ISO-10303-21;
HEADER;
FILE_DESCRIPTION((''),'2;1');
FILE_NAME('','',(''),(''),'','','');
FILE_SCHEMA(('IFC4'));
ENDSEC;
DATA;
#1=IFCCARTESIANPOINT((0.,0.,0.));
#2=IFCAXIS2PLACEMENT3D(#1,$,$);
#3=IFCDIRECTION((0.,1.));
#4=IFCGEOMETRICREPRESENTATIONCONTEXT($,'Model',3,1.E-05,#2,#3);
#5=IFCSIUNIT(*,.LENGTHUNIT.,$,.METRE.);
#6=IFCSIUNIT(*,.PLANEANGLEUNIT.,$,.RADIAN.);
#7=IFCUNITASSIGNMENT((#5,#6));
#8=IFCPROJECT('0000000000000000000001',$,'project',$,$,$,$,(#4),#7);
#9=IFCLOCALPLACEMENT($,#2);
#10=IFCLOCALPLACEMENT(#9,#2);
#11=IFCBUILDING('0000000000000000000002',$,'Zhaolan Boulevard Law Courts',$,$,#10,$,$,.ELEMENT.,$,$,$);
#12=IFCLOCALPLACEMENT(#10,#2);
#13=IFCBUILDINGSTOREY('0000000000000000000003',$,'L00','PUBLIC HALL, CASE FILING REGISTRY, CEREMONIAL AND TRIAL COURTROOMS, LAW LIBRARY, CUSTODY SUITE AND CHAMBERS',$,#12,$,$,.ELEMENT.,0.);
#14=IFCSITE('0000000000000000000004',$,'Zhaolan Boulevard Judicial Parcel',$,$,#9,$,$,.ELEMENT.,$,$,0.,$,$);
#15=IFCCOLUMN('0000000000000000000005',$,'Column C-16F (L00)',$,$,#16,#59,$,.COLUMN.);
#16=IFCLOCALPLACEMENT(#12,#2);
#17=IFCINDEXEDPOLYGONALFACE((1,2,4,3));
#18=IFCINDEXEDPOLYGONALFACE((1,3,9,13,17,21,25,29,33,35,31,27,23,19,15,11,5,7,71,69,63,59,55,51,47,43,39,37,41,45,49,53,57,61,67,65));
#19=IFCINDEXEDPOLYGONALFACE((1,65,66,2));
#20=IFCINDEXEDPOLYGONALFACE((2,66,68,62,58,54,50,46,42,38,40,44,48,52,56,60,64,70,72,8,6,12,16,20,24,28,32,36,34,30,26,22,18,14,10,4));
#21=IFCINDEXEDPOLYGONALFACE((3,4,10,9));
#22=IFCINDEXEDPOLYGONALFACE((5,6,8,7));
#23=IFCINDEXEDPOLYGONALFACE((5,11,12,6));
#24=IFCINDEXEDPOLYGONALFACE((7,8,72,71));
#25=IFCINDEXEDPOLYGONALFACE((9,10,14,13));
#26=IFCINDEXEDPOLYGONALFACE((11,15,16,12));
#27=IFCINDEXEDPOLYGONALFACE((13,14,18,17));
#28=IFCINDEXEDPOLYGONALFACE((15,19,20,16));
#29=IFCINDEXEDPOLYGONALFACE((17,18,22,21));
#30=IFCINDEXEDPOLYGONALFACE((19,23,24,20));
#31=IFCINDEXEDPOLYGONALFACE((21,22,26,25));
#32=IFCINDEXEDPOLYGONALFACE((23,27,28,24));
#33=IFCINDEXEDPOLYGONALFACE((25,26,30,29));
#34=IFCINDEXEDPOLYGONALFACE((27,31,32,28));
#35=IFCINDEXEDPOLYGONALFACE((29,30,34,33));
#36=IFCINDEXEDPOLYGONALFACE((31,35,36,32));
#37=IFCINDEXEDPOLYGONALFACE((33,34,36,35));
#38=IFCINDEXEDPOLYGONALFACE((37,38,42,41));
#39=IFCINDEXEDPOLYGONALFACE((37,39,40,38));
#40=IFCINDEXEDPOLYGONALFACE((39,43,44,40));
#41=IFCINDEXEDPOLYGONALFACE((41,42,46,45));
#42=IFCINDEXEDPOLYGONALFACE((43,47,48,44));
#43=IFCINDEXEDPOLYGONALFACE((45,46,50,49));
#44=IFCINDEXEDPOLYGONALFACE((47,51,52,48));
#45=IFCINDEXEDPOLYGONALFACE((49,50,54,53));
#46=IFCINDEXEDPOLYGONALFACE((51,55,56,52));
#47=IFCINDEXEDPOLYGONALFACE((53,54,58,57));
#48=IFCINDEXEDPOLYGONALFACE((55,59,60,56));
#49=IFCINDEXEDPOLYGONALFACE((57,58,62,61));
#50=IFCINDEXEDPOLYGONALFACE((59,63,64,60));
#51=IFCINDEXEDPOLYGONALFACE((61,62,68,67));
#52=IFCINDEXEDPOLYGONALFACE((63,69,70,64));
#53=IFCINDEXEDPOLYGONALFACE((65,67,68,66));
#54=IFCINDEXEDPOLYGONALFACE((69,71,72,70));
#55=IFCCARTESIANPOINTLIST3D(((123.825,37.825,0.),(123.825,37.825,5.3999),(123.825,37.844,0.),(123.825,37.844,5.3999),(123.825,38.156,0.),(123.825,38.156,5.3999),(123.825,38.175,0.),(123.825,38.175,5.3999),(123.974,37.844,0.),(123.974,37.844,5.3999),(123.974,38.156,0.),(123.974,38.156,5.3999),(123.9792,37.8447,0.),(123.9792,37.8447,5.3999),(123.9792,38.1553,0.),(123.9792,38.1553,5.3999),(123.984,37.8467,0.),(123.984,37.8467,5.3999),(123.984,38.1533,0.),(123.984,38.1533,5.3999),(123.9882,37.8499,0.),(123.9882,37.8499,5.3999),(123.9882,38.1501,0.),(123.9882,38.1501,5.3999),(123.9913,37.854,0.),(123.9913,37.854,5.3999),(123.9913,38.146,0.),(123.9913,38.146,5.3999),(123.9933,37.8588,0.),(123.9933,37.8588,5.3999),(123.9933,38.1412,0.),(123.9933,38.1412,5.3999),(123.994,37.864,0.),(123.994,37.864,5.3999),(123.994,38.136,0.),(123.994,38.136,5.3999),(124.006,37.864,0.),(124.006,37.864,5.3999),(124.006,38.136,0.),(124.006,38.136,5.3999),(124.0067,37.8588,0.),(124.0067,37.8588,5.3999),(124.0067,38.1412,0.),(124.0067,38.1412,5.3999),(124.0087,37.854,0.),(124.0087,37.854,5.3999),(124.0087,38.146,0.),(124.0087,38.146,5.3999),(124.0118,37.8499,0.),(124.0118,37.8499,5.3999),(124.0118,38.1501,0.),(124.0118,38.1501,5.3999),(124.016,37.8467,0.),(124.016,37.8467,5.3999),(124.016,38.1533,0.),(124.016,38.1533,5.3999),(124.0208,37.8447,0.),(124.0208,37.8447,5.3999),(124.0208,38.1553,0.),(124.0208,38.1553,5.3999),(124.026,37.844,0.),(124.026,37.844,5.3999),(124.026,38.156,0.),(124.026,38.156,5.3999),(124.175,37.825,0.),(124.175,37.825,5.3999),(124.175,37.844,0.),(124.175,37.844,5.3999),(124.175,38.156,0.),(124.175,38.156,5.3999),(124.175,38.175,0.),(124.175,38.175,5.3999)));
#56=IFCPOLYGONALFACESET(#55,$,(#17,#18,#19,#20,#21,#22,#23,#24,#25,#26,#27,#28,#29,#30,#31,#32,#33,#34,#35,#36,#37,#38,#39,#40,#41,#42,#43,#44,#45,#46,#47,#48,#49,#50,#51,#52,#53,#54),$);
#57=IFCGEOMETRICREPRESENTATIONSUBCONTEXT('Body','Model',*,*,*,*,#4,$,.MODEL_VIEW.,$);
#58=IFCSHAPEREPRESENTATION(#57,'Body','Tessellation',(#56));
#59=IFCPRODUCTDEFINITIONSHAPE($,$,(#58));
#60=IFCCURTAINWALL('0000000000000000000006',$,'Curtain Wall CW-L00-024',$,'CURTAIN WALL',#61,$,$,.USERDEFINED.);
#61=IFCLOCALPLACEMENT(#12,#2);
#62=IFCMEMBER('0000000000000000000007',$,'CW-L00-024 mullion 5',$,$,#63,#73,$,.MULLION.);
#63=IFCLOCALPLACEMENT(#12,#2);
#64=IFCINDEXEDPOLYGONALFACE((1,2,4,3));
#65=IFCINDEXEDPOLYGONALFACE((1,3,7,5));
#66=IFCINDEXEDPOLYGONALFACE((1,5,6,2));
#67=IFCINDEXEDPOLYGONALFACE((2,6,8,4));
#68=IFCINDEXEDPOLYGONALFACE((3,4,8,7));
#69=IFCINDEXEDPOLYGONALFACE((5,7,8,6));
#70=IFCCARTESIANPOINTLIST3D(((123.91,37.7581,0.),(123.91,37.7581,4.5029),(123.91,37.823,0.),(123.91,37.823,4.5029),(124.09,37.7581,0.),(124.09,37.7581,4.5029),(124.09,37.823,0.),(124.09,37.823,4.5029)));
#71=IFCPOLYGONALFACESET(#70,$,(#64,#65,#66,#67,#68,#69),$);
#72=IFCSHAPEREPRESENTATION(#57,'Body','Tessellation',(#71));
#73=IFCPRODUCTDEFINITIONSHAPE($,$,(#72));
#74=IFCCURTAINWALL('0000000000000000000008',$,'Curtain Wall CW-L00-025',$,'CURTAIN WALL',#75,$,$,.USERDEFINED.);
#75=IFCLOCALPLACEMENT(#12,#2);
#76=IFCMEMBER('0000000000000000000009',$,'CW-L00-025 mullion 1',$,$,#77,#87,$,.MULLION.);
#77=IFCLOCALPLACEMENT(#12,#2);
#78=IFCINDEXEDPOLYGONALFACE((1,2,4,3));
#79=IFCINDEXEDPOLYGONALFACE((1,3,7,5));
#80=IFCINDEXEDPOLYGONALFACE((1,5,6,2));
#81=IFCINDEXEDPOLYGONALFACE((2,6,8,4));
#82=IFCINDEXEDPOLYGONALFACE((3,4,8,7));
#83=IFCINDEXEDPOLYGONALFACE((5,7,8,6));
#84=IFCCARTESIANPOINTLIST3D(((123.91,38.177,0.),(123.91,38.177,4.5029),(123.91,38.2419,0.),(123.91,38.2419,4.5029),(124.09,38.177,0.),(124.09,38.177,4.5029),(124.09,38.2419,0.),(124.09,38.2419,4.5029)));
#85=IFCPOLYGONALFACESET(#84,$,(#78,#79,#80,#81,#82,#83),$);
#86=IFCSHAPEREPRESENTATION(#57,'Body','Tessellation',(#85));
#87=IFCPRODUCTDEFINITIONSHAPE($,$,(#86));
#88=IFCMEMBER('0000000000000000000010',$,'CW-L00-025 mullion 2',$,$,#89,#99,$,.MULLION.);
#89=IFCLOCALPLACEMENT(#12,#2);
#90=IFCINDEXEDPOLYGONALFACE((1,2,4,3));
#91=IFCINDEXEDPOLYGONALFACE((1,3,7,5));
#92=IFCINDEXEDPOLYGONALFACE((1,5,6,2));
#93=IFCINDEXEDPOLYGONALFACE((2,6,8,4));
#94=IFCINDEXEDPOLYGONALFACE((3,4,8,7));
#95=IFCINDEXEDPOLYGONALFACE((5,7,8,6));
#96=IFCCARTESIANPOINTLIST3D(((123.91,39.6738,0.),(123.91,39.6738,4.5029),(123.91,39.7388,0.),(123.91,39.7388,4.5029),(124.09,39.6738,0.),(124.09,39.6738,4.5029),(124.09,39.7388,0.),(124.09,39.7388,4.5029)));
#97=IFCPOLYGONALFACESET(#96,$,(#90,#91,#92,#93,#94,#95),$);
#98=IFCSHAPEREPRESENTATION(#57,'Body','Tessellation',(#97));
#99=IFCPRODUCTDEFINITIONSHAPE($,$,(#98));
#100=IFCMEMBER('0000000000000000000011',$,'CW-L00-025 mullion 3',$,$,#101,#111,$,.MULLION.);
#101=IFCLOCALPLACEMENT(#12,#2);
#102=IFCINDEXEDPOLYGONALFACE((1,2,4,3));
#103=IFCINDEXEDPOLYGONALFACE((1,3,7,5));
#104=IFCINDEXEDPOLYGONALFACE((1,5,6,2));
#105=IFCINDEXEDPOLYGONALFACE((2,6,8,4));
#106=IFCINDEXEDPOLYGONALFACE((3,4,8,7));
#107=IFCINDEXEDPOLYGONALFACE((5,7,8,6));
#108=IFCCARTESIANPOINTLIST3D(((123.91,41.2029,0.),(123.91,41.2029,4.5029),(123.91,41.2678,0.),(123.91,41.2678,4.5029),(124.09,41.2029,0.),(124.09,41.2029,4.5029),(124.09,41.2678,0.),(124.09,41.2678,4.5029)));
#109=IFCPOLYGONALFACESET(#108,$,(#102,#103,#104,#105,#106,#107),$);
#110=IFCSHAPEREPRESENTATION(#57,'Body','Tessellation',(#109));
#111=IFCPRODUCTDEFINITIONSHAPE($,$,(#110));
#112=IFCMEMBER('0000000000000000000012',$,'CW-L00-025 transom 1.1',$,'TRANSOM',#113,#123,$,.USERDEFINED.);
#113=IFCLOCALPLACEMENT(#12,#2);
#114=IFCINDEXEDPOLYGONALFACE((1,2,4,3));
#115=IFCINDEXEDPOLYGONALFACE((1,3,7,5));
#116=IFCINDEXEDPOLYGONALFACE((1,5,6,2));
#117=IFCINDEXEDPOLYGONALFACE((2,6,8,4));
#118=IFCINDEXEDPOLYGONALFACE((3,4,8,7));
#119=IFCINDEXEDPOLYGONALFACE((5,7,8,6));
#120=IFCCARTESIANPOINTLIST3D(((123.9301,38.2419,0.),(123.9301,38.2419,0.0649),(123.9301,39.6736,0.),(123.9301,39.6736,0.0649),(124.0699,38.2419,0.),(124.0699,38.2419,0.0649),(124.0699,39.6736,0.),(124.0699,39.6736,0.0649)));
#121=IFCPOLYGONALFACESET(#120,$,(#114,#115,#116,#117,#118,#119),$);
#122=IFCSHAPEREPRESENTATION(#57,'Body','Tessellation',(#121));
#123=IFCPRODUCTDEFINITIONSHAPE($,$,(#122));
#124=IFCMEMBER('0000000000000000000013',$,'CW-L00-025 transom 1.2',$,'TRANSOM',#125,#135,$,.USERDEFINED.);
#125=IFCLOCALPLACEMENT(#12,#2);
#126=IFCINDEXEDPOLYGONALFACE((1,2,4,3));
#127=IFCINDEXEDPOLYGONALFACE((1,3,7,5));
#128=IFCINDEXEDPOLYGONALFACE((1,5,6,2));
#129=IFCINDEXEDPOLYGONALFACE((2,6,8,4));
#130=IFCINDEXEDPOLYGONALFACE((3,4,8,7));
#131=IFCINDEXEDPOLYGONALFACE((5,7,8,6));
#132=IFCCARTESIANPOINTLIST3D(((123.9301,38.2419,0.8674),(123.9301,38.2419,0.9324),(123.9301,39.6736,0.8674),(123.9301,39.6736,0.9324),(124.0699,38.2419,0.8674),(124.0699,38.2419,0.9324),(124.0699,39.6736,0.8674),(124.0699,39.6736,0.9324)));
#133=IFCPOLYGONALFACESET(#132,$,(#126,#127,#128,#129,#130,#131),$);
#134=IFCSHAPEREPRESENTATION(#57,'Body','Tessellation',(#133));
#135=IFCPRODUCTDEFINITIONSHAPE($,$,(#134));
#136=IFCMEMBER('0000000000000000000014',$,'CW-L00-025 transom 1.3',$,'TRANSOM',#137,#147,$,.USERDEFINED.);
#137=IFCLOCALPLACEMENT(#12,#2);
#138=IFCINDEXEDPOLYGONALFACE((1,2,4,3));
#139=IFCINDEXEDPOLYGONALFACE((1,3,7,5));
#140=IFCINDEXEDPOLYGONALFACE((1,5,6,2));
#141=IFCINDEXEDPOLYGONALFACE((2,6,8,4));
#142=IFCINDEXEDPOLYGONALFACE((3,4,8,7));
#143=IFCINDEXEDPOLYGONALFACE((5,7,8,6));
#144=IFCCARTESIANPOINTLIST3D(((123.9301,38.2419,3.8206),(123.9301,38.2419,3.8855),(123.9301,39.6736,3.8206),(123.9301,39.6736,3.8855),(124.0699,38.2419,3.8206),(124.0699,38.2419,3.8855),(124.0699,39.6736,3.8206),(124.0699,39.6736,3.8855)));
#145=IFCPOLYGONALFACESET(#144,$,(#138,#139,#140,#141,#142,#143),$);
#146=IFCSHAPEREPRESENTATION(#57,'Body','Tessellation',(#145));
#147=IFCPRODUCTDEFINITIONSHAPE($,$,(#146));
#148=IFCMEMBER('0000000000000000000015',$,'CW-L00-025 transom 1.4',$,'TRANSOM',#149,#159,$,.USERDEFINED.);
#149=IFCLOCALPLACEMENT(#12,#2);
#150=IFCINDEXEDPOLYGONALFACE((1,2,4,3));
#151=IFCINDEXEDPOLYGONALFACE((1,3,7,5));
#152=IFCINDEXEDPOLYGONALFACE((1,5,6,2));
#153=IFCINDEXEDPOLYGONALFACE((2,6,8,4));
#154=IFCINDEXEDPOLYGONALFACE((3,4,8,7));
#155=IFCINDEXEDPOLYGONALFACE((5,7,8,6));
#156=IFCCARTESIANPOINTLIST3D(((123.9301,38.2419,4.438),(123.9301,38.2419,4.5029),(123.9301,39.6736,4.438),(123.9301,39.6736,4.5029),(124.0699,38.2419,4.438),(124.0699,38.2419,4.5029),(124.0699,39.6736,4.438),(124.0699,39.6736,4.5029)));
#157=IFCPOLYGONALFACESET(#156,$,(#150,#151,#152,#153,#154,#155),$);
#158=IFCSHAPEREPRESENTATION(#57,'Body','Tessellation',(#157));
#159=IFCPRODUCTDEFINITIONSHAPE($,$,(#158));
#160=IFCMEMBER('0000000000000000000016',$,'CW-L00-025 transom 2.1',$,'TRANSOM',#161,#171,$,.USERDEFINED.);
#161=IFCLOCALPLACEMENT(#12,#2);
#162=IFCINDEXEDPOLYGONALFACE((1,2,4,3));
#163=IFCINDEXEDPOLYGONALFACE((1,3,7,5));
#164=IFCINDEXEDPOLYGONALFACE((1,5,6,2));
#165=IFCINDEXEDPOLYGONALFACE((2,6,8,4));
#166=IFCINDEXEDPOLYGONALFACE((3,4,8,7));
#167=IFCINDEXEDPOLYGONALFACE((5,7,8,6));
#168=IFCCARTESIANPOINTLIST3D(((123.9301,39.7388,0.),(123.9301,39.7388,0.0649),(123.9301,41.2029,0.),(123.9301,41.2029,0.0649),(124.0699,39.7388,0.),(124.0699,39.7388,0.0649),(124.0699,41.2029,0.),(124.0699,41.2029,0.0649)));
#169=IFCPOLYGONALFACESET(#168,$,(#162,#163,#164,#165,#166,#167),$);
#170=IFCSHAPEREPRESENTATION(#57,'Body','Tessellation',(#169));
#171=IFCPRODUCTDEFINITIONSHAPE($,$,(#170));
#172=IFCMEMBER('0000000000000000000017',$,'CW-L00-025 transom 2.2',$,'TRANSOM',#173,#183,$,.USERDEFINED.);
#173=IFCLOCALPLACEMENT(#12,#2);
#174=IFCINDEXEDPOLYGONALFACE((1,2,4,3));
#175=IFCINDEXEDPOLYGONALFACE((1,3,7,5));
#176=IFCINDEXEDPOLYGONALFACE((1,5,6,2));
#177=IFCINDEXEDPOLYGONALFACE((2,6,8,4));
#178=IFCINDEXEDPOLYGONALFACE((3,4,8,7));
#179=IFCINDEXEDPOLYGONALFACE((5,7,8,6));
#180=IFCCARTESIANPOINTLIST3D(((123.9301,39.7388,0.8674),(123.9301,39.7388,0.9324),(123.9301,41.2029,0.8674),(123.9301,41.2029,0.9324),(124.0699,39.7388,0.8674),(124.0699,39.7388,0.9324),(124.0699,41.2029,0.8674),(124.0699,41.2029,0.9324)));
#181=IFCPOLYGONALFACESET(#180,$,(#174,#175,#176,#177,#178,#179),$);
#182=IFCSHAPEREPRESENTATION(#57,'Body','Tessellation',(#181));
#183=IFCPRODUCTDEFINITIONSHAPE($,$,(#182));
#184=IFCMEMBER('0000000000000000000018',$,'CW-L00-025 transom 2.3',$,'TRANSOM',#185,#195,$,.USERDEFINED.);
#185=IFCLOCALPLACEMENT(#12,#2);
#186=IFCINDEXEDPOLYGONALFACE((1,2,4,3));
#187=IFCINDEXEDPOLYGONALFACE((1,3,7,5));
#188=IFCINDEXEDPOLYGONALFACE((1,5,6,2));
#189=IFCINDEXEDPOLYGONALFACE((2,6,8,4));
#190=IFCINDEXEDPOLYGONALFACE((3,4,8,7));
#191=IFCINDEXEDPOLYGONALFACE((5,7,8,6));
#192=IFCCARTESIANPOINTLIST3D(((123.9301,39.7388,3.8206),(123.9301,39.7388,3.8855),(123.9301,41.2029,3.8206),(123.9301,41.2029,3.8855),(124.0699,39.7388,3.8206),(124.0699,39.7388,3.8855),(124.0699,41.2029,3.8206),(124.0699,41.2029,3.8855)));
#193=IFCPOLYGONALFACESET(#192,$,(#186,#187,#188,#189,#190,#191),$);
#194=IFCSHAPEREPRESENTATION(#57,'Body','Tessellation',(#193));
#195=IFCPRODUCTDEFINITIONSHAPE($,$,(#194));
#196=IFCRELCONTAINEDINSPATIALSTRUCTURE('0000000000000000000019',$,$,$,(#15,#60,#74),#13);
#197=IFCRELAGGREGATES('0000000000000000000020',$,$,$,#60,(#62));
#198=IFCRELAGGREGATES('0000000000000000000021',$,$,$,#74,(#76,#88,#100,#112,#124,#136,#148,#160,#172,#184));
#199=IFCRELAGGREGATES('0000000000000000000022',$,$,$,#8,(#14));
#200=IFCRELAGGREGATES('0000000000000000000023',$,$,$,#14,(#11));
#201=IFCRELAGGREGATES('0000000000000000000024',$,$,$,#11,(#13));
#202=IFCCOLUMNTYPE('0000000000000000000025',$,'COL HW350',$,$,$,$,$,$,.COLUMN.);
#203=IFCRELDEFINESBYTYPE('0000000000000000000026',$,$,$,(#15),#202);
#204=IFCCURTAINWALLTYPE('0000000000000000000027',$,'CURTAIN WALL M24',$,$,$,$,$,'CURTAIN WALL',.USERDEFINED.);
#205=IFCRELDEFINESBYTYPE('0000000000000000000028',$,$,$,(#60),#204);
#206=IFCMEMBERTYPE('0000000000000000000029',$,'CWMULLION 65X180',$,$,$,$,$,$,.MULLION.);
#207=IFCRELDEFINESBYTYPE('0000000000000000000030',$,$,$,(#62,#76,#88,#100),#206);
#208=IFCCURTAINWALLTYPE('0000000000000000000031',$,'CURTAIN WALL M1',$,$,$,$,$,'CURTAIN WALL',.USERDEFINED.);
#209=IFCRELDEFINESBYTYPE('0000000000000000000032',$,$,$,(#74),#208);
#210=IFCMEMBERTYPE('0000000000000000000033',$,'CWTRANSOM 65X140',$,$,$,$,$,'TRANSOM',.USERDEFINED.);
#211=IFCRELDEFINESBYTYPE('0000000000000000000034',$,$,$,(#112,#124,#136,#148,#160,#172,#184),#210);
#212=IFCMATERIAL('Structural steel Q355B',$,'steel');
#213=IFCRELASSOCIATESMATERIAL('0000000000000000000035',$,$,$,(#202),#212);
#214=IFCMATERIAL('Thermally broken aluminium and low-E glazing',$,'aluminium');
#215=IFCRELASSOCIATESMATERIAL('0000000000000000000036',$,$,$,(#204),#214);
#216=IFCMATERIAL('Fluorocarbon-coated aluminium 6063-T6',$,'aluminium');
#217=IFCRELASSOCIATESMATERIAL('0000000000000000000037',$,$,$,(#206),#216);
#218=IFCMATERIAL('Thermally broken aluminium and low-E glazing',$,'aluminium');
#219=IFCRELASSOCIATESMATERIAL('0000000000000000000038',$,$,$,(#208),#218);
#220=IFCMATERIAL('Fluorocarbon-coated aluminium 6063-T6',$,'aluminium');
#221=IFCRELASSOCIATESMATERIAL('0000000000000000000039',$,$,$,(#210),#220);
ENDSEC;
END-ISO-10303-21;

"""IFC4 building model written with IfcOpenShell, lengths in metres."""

from ifc_helpers import new_model, si_unit, direction, frame, origin, origin_2d, place, context, subcontext, project, spatial, rectangle, i_section, extrude, material, material_profile, profile_set, type_object, element, aggregate, save


model = new_model("IFC4")

# Units and contexts
model_context = context("Model", 3, precision=1e-05, world=origin(), true_north=direction((0.0, 1.0)))
body_context = subcontext(model_context, "Body", "Model", "MODEL_VIEW")
ifc_project = project(units=[si_unit("LENGTHUNIT", "METRE"), si_unit("PLANEANGLEUNIT", "RADIAN")], contexts=[model_context])

# Site, building, storey
site_placement = place(None, origin())
site = spatial("IfcSite", under=ifc_project, at=site_placement, Name="Zhaolan Boulevard Judicial Parcel", CompositionType="ELEMENT", RefElevation=0.0)
building_placement = place(site_placement, origin())
building = spatial("IfcBuilding", under=site, at=building_placement, Name="Zhaolan Boulevard Law Courts", CompositionType="ELEMENT")
storey_placement = place(building_placement, origin())
storey = spatial("IfcBuildingStorey", under=building, at=storey_placement, Name="L00", Description="PUBLIC HALL, CASE FILING REGISTRY, CEREMONIAL AND TRIAL COURTROOMS, LAW LIBRARY, CUSTODY SUITE AND CHAMBERS", CompositionType="ELEMENT", Elevation=0.0)

# Column
ifc_material_1 = material(Name="Structural steel Q355B", Category="steel")
ifc_material_profile_1 = material_profile(ifc_material_1, i_section(OverallWidth=0.3501, OverallDepth=0.3501, WebThickness=0.012, FlangeThickness=0.019, FilletRadius=0.02, at=origin_2d()), Name="HW350x350")
ifc_profile_set_1 = profile_set([ifc_material_profile_1], Name="Structural steel Q355B")
column_type = type_object("IfcColumnType", Name="COL HW350", PredefinedType="COLUMN", material=ifc_profile_set_1)
column_placement = place(storey_placement, frame((124.0, 38.0, 0.0), z_axis=(0.0, 0.0, 1.0), x_axis=(1.0, 0.0, 0.0)))
element("IfcColumn", 1, at=column_placement, inside=storey, type_object=column_type, Name="Column C-16F (L00)", PredefinedType="COLUMN", context=body_context, shape_type="SweptSolid", body=[
    extrude(i_section(OverallWidth=0.3501, OverallDepth=0.3501, WebThickness=0.012, FlangeThickness=0.019, FilletRadius=0.02, at=origin_2d()), origin(), (0.0, 0.0, 1.0), 5.3999),
])

# Curtain wall, member
ifc_material_2 = material(Name="Thermally broken aluminium and low-E glazing", Category="aluminium")
curtain_wall_type_1 = type_object("IfcCurtainWallType", Name="CURTAIN WALL M24", ElementType="CURTAIN WALL", PredefinedType="USERDEFINED", material=ifc_material_2)
curtain_wall_1_placement = place(storey_placement, origin())
curtain_wall_1 = element("IfcCurtainWall", 2, at=curtain_wall_1_placement, inside=storey, type_object=curtain_wall_type_1, Name="Curtain Wall CW-L00-024", ObjectType="CURTAIN WALL", PredefinedType="USERDEFINED")
ifc_material_3 = material(Name="Fluorocarbon-coated aluminium 6063-T6", Category="aluminium")
ifc_material_profile_2 = material_profile(ifc_material_3, rectangle(XDim=0.1799, YDim=0.0649, at=origin_2d()), Name="AL65x180")
ifc_profile_set_2 = profile_set([ifc_material_profile_2], Name="Fluorocarbon-coated aluminium 6063-T6")
member_type_1 = type_object("IfcMemberType", Name="CWMULLION 65X180", PredefinedType="MULLION", material=ifc_profile_set_2)
member_1_placement = place(storey_placement, frame((124.0, 37.7905, 0.0), z_axis=(0.0, 0.0, 1.0), x_axis=(-1.0, 0.0, 0.0)))
member_1 = element("IfcMember", 3, at=member_1_placement, type_object=member_type_1, Name="CW-L00-024 mullion 5", PredefinedType="MULLION", context=body_context, shape_type="SweptSolid", body=[
    extrude(rectangle(XDim=0.1799, YDim=0.0649, at=origin_2d()), origin(), (0.0, 0.0, 1.0), 4.5029),
])
aggregate(curtain_wall_1, [member_1])

# Curtain wall, members
ifc_material_4 = material(Name="Thermally broken aluminium and low-E glazing", Category="aluminium")
curtain_wall_type_2 = type_object("IfcCurtainWallType", Name="CURTAIN WALL M1", ElementType="CURTAIN WALL", PredefinedType="USERDEFINED", material=ifc_material_4)
curtain_wall_2_placement = place(storey_placement, origin())
curtain_wall_2 = element("IfcCurtainWall", 4, at=curtain_wall_2_placement, inside=storey, type_object=curtain_wall_type_2, Name="Curtain Wall CW-L00-025", ObjectType="CURTAIN WALL", PredefinedType="USERDEFINED")
member_2_placement = place(storey_placement, frame((124.0, 38.2095, 0.0), z_axis=(0.0, 0.0, 1.0), x_axis=(-1.0, 0.0, 0.0)))
member_2 = element("IfcMember", 5, at=member_2_placement, type_object=member_type_1, Name="CW-L00-025 mullion 1", PredefinedType="MULLION", context=body_context, shape_type="SweptSolid", body=[
    extrude(rectangle(XDim=0.1799, YDim=0.0649, at=origin_2d()), origin(), (0.0, 0.0, 1.0), 4.5029),
])
member_3_placement = place(storey_placement, frame((124.0, 39.7063, 0.0), z_axis=(0.0, 0.0, 1.0), x_axis=(-1.0, 0.0, 0.0)))
member_3 = element("IfcMember", 6, at=member_3_placement, type_object=member_type_1, Name="CW-L00-025 mullion 2", PredefinedType="MULLION", context=body_context, shape_type="SweptSolid", body=[
    extrude(rectangle(XDim=0.1799, YDim=0.0649, at=origin_2d()), origin(), (0.0, 0.0, 1.0), 4.5029),
])
member_4_placement = place(storey_placement, frame((124.0, 41.2354, 0.0), z_axis=(0.0, 0.0, 1.0), x_axis=(-1.0, 0.0, 0.0)))
member_4 = element("IfcMember", 7, at=member_4_placement, type_object=member_type_1, Name="CW-L00-025 mullion 3", PredefinedType="MULLION", context=body_context, shape_type="SweptSolid", body=[
    extrude(rectangle(XDim=0.1799, YDim=0.0649, at=origin_2d()), origin(), (0.0, 0.0, 1.0), 4.5029),
])
ifc_material_5 = material(Name="Fluorocarbon-coated aluminium 6063-T6", Category="aluminium")
ifc_material_profile_3 = material_profile(ifc_material_5, rectangle(XDim=0.1399, YDim=0.0649, at=origin_2d()), Name="AL65x140")
ifc_profile_set_3 = profile_set([ifc_material_profile_3], Name="Fluorocarbon-coated aluminium 6063-T6")
member_type_2 = type_object("IfcMemberType", Name="CWTRANSOM 65X140", ElementType="TRANSOM", PredefinedType="USERDEFINED", material=ifc_profile_set_3)
member_5_placement = place(storey_placement, frame((124.0, 38.2419, 0.0325), z_axis=(0.0, 1.0, 0.0), x_axis=(-1.0, 0.0, 0.0)))
member_5 = element("IfcMember", 8, at=member_5_placement, type_object=member_type_2, Name="CW-L00-025 transom 1.1", ObjectType="TRANSOM", PredefinedType="USERDEFINED", context=body_context, shape_type="SweptSolid", body=[
    extrude(rectangle(XDim=0.1399, YDim=0.0649, at=origin_2d()), origin(), (0.0, 0.0, 1.0), 1.4316),
])
member_6_placement = place(storey_placement, frame((124.0, 38.2419, 0.8999), z_axis=(0.0, 1.0, 0.0), x_axis=(-1.0, 0.0, 0.0)))
member_6 = element("IfcMember", 9, at=member_6_placement, type_object=member_type_2, Name="CW-L00-025 transom 1.2", ObjectType="TRANSOM", PredefinedType="USERDEFINED", context=body_context, shape_type="SweptSolid", body=[
    extrude(rectangle(XDim=0.1399, YDim=0.0649, at=origin_2d()), origin(), (0.0, 0.0, 1.0), 1.4316),
])
member_7_placement = place(storey_placement, frame((124.0, 38.2419, 3.853), z_axis=(0.0, 1.0, 0.0), x_axis=(-1.0, 0.0, 0.0)))
member_7 = element("IfcMember", 10, at=member_7_placement, type_object=member_type_2, Name="CW-L00-025 transom 1.3", ObjectType="TRANSOM", PredefinedType="USERDEFINED", context=body_context, shape_type="SweptSolid", body=[
    extrude(rectangle(XDim=0.1399, YDim=0.0649, at=origin_2d()), origin(), (0.0, 0.0, 1.0), 1.4316),
])
member_8_placement = place(storey_placement, frame((124.0, 38.2419, 4.4705), z_axis=(0.0, 1.0, 0.0), x_axis=(-1.0, 0.0, 0.0)))
member_8 = element("IfcMember", 11, at=member_8_placement, type_object=member_type_2, Name="CW-L00-025 transom 1.4", ObjectType="TRANSOM", PredefinedType="USERDEFINED", context=body_context, shape_type="SweptSolid", body=[
    extrude(rectangle(XDim=0.1399, YDim=0.0649, at=origin_2d()), origin(), (0.0, 0.0, 1.0), 1.4316),
])
member_9_placement = place(storey_placement, frame((124.0, 39.7388, 0.0325), z_axis=(0.0, 1.0, 0.0), x_axis=(-1.0, 0.0, 0.0)))
member_9 = element("IfcMember", 12, at=member_9_placement, type_object=member_type_2, Name="CW-L00-025 transom 2.1", ObjectType="TRANSOM", PredefinedType="USERDEFINED", context=body_context, shape_type="SweptSolid", body=[
    extrude(rectangle(XDim=0.1399, YDim=0.0649, at=origin_2d()), origin(), (0.0, 0.0, 1.0), 1.4641),
])
member_10_placement = place(storey_placement, frame((124.0, 39.7388, 0.8999), z_axis=(0.0, 1.0, 0.0), x_axis=(-1.0, 0.0, 0.0)))
member_10 = element("IfcMember", 13, at=member_10_placement, type_object=member_type_2, Name="CW-L00-025 transom 2.2", ObjectType="TRANSOM", PredefinedType="USERDEFINED", context=body_context, shape_type="SweptSolid", body=[
    extrude(rectangle(XDim=0.1399, YDim=0.0649, at=origin_2d()), origin(), (0.0, 0.0, 1.0), 1.4641),
])
member_11_placement = place(storey_placement, frame((124.0, 39.7388, 3.853), z_axis=(0.0, 1.0, 0.0), x_axis=(-1.0, 0.0, 0.0)))
member_11 = element("IfcMember", 14, at=member_11_placement, type_object=member_type_2, Name="CW-L00-025 transom 2.3", ObjectType="TRANSOM", PredefinedType="USERDEFINED", context=body_context, shape_type="SweptSolid", body=[
    extrude(rectangle(XDim=0.1399, YDim=0.0649, at=origin_2d()), origin(), (0.0, 0.0, 1.0), 1.4641),
])

aggregate(curtain_wall_2, [member_2, member_3, member_4, member_5, member_6, member_7, member_8, member_9, member_10, member_11])

save(model, "model.ifc")
